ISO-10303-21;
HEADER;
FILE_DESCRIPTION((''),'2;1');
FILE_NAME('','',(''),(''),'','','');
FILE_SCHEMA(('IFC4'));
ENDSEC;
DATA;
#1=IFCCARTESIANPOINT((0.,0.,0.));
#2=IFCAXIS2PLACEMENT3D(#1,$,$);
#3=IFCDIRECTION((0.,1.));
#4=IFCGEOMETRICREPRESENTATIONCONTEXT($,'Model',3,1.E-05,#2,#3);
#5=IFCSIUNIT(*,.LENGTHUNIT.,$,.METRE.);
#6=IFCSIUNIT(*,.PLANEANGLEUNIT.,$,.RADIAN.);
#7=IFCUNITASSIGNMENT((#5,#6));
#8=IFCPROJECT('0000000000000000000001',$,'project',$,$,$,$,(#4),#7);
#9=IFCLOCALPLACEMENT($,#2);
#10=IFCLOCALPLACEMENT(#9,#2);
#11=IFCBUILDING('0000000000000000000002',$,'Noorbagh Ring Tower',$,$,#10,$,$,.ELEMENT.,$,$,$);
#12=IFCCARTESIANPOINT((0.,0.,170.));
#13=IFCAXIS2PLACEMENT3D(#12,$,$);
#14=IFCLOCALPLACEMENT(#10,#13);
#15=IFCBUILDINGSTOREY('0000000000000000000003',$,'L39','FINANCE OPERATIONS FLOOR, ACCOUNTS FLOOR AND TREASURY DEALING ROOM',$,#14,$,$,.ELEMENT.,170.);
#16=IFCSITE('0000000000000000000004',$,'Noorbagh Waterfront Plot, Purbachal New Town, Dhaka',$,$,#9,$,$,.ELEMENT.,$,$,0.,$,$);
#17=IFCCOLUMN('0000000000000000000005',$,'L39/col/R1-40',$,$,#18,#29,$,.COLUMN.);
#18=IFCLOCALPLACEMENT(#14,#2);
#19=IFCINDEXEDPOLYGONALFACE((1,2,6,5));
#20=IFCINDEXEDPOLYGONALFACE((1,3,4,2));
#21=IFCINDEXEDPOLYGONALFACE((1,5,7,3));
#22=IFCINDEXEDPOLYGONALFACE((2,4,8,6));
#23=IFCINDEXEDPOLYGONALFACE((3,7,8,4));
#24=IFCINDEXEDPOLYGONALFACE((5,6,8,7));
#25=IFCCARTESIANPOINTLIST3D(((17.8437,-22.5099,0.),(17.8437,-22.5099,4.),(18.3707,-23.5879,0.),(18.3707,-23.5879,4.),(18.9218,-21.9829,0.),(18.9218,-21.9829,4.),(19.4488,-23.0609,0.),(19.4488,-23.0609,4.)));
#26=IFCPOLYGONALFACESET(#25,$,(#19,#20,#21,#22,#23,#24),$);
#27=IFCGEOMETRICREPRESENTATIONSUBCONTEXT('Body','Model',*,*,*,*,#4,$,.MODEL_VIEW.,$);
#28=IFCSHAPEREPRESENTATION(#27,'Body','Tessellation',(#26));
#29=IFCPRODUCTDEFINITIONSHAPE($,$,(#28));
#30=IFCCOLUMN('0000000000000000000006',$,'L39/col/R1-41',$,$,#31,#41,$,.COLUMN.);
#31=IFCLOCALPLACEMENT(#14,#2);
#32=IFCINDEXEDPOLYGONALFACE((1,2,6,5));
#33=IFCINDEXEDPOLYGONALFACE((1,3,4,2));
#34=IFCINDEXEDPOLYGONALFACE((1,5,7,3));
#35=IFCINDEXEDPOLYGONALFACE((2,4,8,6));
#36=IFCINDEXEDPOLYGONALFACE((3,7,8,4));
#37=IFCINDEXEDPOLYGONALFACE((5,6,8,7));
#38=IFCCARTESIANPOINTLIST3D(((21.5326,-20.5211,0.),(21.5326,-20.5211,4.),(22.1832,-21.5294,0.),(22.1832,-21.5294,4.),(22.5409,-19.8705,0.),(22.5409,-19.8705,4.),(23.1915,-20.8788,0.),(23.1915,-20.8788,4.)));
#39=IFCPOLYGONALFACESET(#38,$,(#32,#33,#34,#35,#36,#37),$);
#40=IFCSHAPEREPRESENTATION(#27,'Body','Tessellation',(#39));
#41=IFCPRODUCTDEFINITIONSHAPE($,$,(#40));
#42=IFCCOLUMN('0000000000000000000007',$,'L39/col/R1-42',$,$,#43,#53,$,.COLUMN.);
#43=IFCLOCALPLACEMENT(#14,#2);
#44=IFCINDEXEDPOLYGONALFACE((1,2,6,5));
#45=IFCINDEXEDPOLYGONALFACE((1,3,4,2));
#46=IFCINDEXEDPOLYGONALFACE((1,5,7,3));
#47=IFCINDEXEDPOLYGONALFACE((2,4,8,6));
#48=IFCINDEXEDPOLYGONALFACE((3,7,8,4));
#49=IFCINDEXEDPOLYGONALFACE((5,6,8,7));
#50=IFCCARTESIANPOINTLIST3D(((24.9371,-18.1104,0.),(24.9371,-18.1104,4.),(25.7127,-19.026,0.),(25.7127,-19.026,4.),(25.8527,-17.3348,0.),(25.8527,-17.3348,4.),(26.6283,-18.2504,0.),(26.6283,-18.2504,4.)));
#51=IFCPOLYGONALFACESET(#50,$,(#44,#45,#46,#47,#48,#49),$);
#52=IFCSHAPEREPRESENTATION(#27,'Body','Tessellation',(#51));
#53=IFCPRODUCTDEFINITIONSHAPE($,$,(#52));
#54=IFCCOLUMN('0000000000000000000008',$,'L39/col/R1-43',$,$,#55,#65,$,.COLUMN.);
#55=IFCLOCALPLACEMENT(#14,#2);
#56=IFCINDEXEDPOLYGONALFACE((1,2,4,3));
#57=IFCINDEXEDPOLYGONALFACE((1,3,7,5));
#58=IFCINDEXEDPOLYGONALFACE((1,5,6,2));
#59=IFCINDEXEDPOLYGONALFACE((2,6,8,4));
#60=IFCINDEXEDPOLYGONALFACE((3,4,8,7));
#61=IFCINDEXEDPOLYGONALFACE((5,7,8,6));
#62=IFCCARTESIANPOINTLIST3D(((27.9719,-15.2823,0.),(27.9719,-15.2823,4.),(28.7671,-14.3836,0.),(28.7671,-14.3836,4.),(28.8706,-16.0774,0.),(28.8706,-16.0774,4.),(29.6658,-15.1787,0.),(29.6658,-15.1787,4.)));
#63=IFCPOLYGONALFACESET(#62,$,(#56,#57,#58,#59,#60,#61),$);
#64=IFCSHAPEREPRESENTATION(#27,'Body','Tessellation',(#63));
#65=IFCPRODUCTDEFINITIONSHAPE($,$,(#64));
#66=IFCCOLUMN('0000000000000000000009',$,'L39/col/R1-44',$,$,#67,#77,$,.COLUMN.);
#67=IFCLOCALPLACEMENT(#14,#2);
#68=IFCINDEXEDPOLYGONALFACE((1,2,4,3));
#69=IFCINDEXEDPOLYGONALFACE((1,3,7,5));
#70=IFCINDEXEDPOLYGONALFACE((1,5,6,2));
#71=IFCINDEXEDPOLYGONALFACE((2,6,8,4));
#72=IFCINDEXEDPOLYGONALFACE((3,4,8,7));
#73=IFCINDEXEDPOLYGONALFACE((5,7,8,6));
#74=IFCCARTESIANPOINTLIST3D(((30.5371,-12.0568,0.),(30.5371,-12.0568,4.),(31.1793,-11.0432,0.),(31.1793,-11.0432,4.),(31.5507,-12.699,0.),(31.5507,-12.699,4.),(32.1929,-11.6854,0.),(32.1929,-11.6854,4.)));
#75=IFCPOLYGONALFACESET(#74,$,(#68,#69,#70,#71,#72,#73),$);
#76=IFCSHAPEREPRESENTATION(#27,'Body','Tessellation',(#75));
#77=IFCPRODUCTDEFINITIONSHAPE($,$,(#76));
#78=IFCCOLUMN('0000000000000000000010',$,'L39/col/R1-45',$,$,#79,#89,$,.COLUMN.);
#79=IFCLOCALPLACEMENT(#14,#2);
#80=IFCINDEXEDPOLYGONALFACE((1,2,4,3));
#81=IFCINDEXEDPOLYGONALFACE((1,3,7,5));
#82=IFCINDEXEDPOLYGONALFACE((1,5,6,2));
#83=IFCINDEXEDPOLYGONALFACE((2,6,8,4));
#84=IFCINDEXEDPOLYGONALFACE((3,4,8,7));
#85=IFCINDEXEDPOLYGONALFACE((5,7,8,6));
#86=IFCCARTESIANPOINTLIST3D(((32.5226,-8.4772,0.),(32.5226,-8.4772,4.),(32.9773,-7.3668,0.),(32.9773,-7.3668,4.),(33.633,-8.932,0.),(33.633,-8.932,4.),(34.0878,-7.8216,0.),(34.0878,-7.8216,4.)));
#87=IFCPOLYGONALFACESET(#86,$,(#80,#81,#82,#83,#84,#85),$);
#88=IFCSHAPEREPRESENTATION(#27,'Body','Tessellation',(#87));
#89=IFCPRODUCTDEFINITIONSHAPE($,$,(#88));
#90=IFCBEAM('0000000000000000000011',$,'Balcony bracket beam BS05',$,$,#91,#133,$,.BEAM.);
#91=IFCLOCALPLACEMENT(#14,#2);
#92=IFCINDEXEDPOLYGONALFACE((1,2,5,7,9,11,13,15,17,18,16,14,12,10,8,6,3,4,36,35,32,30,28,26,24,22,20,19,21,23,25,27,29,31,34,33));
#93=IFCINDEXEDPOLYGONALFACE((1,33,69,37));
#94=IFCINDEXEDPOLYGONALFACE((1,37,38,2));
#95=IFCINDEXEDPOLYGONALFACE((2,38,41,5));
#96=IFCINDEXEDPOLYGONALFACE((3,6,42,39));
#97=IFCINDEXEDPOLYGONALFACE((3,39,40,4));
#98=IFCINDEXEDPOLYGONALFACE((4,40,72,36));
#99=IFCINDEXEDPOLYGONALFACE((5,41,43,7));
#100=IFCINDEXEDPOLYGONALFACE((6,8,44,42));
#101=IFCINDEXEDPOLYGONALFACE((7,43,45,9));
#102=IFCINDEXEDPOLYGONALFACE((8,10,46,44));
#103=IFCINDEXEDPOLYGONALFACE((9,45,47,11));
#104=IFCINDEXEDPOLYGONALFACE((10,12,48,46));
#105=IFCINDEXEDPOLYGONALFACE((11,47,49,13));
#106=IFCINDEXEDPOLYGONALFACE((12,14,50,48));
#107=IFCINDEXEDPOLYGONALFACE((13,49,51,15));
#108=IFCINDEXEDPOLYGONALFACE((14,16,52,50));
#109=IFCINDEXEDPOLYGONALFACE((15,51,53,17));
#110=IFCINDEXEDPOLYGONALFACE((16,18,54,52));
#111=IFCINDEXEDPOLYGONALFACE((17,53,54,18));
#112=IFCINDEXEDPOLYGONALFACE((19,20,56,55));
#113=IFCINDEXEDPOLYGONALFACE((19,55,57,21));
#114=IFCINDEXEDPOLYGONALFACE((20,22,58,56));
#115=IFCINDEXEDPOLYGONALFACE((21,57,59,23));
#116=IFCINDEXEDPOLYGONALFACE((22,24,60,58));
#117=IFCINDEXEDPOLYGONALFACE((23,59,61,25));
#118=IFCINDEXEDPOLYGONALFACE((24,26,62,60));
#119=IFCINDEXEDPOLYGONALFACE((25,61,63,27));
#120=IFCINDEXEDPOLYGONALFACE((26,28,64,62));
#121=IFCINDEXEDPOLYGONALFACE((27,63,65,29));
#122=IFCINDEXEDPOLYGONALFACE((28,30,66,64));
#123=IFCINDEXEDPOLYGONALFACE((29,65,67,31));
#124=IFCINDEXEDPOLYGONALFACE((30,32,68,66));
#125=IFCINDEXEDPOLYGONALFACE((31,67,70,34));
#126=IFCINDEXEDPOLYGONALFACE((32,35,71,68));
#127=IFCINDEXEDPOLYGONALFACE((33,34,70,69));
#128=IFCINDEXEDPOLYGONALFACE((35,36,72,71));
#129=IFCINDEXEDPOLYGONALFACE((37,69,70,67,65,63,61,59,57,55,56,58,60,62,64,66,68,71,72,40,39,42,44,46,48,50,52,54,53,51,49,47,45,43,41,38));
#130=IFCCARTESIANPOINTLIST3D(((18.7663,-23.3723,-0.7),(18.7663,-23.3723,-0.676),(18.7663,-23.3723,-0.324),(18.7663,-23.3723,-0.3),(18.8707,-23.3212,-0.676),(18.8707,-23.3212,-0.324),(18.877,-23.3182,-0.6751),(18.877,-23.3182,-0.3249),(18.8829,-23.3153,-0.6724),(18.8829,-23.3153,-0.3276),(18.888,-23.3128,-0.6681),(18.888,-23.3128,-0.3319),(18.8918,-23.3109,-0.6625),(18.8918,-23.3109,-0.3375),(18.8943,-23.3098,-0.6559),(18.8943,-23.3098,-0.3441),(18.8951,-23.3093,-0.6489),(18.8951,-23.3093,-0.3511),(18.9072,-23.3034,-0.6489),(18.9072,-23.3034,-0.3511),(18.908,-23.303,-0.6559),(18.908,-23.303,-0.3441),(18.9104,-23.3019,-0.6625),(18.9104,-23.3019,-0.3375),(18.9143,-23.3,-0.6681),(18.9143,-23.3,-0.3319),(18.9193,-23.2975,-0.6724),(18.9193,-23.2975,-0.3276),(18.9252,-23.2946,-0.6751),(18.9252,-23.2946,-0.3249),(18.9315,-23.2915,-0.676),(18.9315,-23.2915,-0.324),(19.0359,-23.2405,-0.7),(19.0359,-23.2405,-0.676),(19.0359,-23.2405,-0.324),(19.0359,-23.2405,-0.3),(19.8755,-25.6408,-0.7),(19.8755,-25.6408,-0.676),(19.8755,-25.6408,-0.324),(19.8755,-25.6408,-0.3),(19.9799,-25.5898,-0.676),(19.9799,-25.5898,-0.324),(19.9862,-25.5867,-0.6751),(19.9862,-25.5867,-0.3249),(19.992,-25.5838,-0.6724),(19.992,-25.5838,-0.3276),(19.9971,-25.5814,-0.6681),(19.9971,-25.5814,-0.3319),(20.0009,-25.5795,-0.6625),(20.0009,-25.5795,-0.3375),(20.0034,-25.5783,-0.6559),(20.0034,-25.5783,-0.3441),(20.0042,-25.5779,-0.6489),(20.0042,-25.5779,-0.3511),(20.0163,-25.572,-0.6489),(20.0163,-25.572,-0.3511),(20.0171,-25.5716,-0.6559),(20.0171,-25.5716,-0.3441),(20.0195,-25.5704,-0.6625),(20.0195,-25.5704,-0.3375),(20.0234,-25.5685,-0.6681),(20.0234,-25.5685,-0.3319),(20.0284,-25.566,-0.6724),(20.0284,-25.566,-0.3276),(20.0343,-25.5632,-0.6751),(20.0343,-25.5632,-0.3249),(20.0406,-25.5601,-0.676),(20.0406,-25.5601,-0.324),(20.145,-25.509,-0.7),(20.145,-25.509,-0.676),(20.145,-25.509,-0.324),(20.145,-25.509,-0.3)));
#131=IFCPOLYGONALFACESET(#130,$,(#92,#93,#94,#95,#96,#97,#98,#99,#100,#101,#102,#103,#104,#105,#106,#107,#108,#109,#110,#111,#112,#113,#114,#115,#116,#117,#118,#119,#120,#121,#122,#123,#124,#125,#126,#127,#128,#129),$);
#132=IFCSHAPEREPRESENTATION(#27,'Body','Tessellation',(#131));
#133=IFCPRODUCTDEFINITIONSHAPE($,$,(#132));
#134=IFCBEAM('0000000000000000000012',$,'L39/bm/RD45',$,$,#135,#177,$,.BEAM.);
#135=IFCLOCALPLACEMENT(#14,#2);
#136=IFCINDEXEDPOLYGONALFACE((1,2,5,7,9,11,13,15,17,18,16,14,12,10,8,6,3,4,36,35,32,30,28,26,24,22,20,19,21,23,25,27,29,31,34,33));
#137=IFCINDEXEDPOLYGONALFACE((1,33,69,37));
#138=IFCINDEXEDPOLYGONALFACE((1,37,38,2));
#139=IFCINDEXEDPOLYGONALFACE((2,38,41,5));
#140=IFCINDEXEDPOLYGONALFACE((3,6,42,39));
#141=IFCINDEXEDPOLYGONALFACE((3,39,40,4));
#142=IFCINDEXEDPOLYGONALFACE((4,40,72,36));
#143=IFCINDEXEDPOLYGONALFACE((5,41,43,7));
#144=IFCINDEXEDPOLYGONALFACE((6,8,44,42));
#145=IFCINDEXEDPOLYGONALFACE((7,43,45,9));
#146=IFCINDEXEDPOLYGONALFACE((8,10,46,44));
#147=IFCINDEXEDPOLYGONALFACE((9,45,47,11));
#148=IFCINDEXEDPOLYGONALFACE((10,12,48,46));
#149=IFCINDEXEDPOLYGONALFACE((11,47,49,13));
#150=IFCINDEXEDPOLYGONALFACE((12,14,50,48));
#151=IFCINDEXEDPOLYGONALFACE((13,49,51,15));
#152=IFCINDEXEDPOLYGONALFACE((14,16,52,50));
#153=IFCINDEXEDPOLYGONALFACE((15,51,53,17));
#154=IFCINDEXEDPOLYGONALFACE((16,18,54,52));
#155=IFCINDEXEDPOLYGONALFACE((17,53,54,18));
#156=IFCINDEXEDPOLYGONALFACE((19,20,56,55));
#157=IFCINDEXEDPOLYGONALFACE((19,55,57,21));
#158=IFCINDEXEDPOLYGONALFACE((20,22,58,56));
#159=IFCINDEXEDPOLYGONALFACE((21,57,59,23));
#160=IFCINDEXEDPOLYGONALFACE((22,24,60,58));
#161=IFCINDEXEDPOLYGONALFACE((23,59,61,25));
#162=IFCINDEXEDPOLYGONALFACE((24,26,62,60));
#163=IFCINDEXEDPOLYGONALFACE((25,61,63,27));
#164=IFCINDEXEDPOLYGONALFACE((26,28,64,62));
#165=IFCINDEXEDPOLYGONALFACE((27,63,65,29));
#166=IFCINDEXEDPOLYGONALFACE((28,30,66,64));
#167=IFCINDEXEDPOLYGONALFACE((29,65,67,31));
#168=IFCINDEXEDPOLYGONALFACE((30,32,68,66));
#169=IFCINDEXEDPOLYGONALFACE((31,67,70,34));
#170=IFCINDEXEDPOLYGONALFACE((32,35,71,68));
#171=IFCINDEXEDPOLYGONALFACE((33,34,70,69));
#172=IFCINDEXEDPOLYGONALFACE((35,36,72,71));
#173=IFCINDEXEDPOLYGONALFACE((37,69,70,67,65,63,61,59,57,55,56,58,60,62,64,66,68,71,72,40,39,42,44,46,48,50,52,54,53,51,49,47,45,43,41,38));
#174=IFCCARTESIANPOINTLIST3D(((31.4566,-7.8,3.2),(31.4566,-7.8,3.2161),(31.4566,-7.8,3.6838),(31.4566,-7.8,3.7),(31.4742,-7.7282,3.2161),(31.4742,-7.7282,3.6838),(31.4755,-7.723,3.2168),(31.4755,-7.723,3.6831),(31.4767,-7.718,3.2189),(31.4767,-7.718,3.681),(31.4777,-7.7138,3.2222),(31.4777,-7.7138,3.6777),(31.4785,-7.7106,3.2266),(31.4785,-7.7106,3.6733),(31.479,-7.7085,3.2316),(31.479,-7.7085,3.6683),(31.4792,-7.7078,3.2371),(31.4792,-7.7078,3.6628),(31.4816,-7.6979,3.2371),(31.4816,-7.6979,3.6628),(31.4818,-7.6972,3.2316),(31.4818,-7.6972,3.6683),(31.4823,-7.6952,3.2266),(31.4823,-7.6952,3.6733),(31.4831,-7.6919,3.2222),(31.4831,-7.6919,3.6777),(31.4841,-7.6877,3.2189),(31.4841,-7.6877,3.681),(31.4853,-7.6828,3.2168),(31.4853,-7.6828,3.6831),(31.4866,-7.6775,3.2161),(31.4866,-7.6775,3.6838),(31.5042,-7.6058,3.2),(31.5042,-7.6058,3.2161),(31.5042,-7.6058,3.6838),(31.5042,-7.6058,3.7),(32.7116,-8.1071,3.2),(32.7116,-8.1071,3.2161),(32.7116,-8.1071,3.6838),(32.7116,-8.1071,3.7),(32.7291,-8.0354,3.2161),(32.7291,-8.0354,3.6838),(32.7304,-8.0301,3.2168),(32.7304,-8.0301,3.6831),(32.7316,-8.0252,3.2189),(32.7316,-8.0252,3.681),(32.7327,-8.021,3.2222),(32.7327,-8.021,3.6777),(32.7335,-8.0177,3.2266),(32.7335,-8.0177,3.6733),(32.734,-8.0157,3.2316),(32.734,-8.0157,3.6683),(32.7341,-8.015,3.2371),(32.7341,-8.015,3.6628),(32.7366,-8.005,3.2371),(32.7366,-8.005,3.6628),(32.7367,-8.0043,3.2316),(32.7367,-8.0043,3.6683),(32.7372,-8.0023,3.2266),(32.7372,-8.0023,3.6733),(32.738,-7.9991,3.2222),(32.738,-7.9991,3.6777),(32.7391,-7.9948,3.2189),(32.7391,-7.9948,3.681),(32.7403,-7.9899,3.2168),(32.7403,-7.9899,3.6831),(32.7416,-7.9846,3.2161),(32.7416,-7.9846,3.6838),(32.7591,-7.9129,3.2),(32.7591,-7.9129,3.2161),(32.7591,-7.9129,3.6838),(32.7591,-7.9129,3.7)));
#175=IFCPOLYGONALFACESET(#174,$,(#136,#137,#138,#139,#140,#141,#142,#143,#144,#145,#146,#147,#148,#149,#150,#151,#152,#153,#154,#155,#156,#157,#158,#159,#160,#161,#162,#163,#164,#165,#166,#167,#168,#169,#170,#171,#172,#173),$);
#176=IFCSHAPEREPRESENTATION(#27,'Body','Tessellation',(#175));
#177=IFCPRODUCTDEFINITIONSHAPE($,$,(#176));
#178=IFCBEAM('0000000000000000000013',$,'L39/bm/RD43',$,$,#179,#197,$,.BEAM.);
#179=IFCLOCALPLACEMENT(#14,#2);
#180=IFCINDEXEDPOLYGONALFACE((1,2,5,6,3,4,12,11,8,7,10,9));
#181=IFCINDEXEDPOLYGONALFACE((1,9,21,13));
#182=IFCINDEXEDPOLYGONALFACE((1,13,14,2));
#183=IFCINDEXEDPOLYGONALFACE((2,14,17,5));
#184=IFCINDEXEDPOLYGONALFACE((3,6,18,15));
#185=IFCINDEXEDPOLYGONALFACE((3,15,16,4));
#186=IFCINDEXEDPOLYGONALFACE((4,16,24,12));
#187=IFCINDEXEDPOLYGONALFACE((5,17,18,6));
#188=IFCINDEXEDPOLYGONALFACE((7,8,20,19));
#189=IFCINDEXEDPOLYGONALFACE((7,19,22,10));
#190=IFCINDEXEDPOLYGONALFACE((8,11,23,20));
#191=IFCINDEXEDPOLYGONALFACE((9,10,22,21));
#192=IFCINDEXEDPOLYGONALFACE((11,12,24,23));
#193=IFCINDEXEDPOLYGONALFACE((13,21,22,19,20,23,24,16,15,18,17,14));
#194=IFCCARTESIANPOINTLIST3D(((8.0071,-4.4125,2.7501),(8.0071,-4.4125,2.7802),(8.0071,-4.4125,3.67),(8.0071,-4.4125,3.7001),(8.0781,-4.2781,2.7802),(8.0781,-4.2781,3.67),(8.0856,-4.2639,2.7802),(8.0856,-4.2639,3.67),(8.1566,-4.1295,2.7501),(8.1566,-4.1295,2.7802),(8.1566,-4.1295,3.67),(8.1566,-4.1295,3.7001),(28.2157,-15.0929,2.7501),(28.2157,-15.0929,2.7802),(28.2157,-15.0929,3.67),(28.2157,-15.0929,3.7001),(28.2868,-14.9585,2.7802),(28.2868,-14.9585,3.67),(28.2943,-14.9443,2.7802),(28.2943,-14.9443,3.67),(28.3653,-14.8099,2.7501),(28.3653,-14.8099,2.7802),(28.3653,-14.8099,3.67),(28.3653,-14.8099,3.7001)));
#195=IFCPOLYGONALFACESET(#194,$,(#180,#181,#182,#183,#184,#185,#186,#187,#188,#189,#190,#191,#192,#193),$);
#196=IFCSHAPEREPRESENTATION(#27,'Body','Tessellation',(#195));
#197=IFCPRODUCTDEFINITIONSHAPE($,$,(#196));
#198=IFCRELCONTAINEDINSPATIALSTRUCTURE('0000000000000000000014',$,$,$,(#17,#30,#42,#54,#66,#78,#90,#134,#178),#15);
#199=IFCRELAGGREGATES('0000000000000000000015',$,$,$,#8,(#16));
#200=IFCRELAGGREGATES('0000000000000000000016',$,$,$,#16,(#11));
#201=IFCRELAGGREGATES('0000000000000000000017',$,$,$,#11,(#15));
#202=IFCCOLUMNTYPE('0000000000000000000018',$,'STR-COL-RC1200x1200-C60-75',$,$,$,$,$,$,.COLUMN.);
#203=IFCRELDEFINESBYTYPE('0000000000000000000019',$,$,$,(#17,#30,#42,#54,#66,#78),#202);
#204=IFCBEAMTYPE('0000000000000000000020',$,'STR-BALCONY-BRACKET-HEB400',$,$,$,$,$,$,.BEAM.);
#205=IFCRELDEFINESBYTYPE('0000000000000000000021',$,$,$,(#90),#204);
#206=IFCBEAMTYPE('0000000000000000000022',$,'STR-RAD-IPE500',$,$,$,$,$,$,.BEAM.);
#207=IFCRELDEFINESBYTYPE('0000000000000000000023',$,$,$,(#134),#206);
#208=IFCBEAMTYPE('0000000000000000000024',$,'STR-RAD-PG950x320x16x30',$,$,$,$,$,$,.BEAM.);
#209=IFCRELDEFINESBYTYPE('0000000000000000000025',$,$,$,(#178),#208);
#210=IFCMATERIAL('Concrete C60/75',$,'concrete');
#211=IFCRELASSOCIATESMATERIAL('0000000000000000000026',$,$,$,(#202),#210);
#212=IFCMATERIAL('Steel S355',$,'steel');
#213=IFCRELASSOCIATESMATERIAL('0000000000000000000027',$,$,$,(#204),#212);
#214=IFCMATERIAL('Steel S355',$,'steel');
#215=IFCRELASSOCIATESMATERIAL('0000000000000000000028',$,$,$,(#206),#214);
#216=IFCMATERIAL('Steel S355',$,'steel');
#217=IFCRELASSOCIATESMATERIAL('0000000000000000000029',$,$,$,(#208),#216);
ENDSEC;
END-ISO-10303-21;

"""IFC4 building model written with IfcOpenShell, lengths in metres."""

from ifc_helpers import new_model, si_unit, direction, frame, origin, origin_2d, place, context, subcontext, project, spatial, rectangle, i_section, extrude, material, material_profile, profile_set, type_object, element, save


model = new_model("IFC4")

# Units and contexts
model_context = context("Model", 3, precision=1e-05, world=origin(), true_north=direction((0.0, 1.0)))
body_context = subcontext(model_context, "Body", "Model", "MODEL_VIEW")
ifc_project = project(units=[si_unit("LENGTHUNIT", "METRE"), si_unit("PLANEANGLEUNIT", "RADIAN")], contexts=[model_context])

# Site, building, storey
site_placement = place(None, origin())
site = spatial("IfcSite", under=ifc_project, at=site_placement, Name="Noorbagh Waterfront Plot, Purbachal New Town, Dhaka", CompositionType="ELEMENT", RefElevation=0.0)
building_placement = place(site_placement, origin())
building = spatial("IfcBuilding", under=site, at=building_placement, Name="Noorbagh Ring Tower", CompositionType="ELEMENT")
storey_placement = place(building_placement, frame((0.0, 0.0, 170.0)))
storey = spatial("IfcBuildingStorey", under=building, at=storey_placement, Name="L39", Description="FINANCE OPERATIONS FLOOR, ACCOUNTS FLOOR AND TREASURY DEALING ROOM", CompositionType="ELEMENT", Elevation=170.0)

# Columns
ifc_material_1 = material(Name="Concrete C60/75", Category="concrete")
ifc_material_profile_1 = material_profile(ifc_material_1, rectangle(XDim=1.2, YDim=1.2, at=origin_2d()), Name="RC1200x1200")
ifc_profile_set_1 = profile_set([ifc_material_profile_1], Name="Concrete C60/75")
column_type = type_object("IfcColumnType", Name="STR-COL-RC1200x1200-C60-75", PredefinedType="COLUMN", material=ifc_profile_set_1)
for number, where, z_axis, x_axis, name in (
    (1, (18.6462, -22.7854, 0.0), (0.0, 0.0, 1.0), (0.898399, 0.43918, 0.0), "L39/col/R1-40"),
    (2, (22.3621, -20.7, 0.0), (0.0, 0.0, 1.0), (0.840248, 0.542203, 0.0), "L39/col/R1-41"),
    (3, (25.7827, -18.1804, 0.0), (0.0, 0.0, 1.0), (0.763035, 0.646357, 0.0), "L39/col/R1-42"),
    (4, (28.8188, -15.2305, 0.0), (0.0, 0.0, 1.0), (0.662636, 0.748942, 0.0), "L39/col/R1-43"),
    (5, (31.365, -11.8711, 0.0), (0.0, 0.0, 1.0), (0.53519, 0.844731, 0.0), "L39/col/R1-44"),
    (6, (33.3052, -8.1494, 0.0), (0.0, 0.0, 1.0), (0.378989, 0.925401, 0.0), "L39/col/R1-45"),
):
    element("IfcColumn", number, at=place(storey_placement, frame(where, z_axis=z_axis, x_axis=x_axis)), inside=storey, type_object=column_type, Name=name, PredefinedType="COLUMN", context=body_context, shape_type="SweptSolid", body=[
        extrude(rectangle(XDim=1.2, YDim=1.2, at=origin_2d()), origin(), (0.0, 0.0, 1.0), 4.0),
    ])

# Beams
ifc_material_2 = material(Name="Steel S355", Category="steel")
ifc_material_profile_2 = material_profile(ifc_material_2, i_section(OverallWidth=0.3, OverallDepth=0.3999, WebThickness=0.0134, FlangeThickness=0.0239, FilletRadius=0.0271, at=origin_2d()), Name="HEB400")
ifc_profile_set_2 = profile_set([ifc_material_profile_2], Name="Steel S355")
beam_type_1 = type_object("IfcBeamType", Name="STR-BALCONY-BRACKET-HEB400", PredefinedType="BEAM", material=ifc_profile_set_2)
beam_1_placement = place(storey_placement, frame((18.9011, -23.3064, -0.5), z_axis=(0.439229, -0.898375, 0.0), x_axis=(0.898375, 0.439229, 0.0)))
element("IfcBeam", 7, at=beam_1_placement, inside=storey, type_object=beam_type_1, Name="Balcony bracket beam BS05", PredefinedType="BEAM", context=body_context, shape_type="SweptSolid", body=[
    extrude(i_section(OverallWidth=0.3, OverallDepth=0.3999, WebThickness=0.0134, FlangeThickness=0.0239, FilletRadius=0.0271, at=origin_2d()), origin(), (0.0, 0.0, 1.0), 2.5251),
])
ifc_material_3 = material(Name="Steel S355", Category="steel")
ifc_material_profile_3 = material_profile(ifc_material_3, i_section(OverallWidth=0.2, OverallDepth=0.5, WebThickness=0.0103, FlangeThickness=0.0161, FilletRadius=0.021, at=origin_2d()), Name="IPE500")
ifc_profile_set_3 = profile_set([ifc_material_profile_3], Name="Steel S355")
beam_type_2 = type_object("IfcBeamType", Name="STR-RAD-IPE500", PredefinedType="BEAM", material=ifc_profile_set_3)
beam_2_placement = place(storey_placement, frame((32.7354, -8.01, 3.45), z_axis=(-0.971331, 0.23773, 0.0), x_axis=(-0.23773, -0.971331, 0.0)))
element("IfcBeam", 8, at=beam_2_placement, inside=storey, type_object=beam_type_2, Name="L39/bm/RD45", PredefinedType="BEAM", context=body_context, shape_type="SweptSolid", body=[
    extrude(i_section(OverallWidth=0.2, OverallDepth=0.5, WebThickness=0.0103, FlangeThickness=0.0161, FilletRadius=0.021, at=origin_2d()), origin(), (0.0, 0.0, 1.0), 1.292),
])
ifc_material_4 = material(Name="Steel S355", Category="steel")
ifc_material_profile_4 = material_profile(ifc_material_4, i_section(OverallWidth=0.3201, OverallDepth=0.95, WebThickness=0.0161, FlangeThickness=0.03, at=origin_2d()), Name="PG950x320x16x30")
ifc_profile_set_4 = profile_set([ifc_material_profile_4], Name="Steel S355")
beam_type_3 = type_object("IfcBeamType", Name="STR-RAD-PG950x320x16x30", PredefinedType="BEAM", material=ifc_profile_set_4)
beam_3_placement = place(storey_placement, frame((28.2905, -14.9514, 3.2251), z_axis=(-0.884119, 0.467261, 0.0), x_axis=(-0.467261, -0.884119, 0.0)))
element("IfcBeam", 9, at=beam_3_placement, inside=storey, type_object=beam_type_3, Name="L39/bm/RD43", PredefinedType="BEAM", context=body_context, shape_type="SweptSolid", body=[
    extrude(i_section(OverallWidth=0.3201, OverallDepth=0.95, WebThickness=0.0161, FlangeThickness=0.03, at=origin_2d()), origin(), (0.0, 0.0, 1.0), 22.8574),
])

save(model, "model.ifc")
